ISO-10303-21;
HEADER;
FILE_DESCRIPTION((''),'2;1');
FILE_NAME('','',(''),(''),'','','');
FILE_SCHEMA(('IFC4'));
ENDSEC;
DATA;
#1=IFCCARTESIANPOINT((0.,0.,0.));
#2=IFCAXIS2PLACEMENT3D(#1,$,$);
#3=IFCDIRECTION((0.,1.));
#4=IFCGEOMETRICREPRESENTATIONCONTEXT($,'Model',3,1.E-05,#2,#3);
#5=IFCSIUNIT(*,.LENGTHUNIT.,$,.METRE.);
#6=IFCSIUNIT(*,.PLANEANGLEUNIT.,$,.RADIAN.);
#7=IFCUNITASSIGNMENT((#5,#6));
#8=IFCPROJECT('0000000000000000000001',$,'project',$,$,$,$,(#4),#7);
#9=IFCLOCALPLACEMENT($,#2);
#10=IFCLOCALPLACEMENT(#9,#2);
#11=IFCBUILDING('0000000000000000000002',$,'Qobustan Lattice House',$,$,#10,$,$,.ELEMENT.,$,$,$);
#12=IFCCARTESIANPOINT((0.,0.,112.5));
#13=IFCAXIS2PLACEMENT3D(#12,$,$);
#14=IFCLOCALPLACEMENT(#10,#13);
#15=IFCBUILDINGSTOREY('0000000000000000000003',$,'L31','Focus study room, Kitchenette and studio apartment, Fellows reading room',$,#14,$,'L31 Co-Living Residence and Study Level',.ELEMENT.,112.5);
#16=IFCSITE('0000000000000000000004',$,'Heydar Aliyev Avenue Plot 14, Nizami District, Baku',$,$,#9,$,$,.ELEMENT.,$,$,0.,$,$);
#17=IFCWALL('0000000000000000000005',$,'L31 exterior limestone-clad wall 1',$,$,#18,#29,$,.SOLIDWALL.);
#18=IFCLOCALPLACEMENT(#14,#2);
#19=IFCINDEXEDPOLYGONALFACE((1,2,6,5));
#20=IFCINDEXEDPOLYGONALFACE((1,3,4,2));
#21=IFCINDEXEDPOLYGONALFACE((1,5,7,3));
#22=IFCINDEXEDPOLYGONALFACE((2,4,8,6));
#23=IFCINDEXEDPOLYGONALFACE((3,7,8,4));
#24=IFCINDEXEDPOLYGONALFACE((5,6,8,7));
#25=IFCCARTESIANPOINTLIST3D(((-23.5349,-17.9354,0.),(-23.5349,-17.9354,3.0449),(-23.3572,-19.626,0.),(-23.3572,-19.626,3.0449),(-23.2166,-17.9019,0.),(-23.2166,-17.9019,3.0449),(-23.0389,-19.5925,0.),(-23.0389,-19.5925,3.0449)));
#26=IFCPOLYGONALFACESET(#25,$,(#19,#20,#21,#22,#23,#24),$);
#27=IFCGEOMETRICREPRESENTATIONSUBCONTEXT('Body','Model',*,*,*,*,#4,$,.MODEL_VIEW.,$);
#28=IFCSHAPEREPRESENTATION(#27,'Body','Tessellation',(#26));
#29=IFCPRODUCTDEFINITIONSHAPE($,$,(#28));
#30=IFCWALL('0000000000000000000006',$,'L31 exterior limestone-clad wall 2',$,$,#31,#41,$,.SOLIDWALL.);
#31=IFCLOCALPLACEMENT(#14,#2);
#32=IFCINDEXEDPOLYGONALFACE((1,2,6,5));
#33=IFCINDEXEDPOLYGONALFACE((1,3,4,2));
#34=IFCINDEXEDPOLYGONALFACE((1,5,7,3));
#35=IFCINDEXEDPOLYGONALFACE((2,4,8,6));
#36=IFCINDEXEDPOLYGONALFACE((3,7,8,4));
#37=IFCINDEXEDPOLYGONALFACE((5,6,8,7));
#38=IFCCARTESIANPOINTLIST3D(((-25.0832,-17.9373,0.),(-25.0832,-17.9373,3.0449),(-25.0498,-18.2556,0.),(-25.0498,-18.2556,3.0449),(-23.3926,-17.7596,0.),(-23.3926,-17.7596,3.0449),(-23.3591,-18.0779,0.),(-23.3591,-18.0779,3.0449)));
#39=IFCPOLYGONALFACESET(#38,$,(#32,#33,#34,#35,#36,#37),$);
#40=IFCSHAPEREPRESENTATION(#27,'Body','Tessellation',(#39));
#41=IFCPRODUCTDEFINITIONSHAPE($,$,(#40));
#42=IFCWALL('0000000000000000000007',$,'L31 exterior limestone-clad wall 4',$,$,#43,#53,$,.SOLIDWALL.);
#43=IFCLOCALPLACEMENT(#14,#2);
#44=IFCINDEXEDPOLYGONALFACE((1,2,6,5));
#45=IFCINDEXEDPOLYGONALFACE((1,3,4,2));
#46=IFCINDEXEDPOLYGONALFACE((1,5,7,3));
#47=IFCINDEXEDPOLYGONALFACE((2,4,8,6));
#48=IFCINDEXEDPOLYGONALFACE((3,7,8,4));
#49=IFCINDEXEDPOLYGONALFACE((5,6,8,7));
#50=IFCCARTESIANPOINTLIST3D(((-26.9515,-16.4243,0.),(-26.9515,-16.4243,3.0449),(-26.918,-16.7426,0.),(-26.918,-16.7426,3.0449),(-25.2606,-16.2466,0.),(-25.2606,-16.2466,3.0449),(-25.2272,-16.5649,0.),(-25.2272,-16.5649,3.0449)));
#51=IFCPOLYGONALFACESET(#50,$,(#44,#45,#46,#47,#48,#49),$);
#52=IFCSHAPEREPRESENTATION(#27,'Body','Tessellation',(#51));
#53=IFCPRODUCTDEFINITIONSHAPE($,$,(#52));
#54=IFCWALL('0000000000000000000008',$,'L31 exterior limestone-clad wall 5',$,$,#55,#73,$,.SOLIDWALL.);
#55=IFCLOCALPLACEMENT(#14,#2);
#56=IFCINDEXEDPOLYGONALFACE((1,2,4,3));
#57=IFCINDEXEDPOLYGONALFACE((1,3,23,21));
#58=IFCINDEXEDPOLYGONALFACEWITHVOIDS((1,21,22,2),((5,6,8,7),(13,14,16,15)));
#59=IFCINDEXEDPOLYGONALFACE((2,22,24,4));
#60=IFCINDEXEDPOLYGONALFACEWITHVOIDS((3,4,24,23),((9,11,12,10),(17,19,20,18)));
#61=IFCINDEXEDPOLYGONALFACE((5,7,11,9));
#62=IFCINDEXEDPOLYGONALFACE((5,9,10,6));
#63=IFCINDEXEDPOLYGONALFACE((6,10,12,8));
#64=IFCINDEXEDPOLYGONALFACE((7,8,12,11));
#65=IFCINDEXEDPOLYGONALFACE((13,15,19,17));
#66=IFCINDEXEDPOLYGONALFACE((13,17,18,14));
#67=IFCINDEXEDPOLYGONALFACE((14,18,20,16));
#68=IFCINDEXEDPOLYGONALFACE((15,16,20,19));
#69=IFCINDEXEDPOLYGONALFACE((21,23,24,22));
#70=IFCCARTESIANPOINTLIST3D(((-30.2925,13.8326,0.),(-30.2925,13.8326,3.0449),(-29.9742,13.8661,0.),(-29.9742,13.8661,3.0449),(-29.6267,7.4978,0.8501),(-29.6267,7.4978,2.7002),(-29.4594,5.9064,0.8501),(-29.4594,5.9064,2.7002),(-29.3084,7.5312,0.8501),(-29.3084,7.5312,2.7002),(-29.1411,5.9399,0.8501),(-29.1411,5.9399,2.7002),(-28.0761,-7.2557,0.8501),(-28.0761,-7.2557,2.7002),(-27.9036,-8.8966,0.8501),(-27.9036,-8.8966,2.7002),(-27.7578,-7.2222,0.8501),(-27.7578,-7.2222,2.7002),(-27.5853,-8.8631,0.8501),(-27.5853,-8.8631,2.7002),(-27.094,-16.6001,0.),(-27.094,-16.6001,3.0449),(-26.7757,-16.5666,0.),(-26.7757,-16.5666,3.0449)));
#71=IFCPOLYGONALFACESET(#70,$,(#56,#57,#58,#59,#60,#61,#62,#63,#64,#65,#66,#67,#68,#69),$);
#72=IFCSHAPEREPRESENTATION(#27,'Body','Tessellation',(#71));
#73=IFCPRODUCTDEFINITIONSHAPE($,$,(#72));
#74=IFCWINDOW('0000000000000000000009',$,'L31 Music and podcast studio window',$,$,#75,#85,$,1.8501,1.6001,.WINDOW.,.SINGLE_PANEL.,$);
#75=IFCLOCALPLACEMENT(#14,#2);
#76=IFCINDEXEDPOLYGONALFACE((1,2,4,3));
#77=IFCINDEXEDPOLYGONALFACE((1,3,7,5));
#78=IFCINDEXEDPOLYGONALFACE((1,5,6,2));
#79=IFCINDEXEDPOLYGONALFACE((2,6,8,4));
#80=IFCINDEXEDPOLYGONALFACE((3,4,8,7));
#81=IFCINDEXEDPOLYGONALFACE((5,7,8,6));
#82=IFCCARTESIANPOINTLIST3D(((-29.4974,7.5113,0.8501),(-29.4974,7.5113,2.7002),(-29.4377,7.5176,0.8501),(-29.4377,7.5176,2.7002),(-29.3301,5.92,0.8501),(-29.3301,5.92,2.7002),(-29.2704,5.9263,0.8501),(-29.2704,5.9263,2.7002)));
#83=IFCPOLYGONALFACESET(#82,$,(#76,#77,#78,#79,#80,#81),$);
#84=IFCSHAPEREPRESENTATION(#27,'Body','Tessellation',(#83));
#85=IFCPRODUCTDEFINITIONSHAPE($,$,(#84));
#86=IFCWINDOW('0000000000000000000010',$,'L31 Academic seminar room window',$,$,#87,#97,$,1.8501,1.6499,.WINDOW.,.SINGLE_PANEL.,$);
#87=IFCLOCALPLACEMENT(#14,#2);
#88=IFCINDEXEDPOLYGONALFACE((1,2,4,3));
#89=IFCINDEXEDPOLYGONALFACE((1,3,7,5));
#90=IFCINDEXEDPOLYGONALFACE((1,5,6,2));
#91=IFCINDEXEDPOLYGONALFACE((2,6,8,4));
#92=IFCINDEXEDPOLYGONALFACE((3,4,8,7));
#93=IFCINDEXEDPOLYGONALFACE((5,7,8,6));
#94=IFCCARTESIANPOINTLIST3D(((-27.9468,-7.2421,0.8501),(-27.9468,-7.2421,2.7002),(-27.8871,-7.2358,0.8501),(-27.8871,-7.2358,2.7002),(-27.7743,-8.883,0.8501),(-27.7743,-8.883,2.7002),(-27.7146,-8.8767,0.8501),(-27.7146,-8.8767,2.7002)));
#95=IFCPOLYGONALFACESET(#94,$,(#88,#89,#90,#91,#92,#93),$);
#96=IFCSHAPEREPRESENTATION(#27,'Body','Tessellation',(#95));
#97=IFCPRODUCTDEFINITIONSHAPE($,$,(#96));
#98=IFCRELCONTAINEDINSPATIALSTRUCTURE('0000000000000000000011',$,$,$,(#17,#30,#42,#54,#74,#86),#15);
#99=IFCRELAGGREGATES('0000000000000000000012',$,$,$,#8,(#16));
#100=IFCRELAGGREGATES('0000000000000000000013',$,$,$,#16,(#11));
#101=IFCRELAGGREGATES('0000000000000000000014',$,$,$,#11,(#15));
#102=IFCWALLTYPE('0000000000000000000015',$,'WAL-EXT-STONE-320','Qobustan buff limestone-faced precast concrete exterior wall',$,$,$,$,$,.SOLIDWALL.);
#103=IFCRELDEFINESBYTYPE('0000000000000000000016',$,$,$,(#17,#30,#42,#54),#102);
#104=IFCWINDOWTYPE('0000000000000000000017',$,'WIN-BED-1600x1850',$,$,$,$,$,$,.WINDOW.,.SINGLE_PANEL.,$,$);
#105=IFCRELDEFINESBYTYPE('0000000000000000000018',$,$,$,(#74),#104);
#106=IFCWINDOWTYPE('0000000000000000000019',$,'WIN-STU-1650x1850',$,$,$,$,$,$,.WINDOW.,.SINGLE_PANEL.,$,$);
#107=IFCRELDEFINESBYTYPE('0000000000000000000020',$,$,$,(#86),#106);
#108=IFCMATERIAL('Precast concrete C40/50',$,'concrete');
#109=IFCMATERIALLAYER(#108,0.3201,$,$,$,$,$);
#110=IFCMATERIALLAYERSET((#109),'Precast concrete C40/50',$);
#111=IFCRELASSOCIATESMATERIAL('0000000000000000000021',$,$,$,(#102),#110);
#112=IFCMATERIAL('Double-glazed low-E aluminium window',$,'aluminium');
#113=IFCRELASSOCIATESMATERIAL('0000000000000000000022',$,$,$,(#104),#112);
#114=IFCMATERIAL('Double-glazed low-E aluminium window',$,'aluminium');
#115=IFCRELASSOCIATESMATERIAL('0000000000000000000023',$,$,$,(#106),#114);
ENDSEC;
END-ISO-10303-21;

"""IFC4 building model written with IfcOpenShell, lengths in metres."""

from ifc_helpers import new_model, si_unit, direction, frame, frame_2d, origin, place, context, subcontext, project, spatial, rectangle, extrude, material, layer, layer_set, type_object, element, fill, save


model = new_model("IFC4")

# Units and contexts
model_context = context("Model", 3, precision=1e-05, world=origin(), true_north=direction((0.0, 1.0)))
body_context = subcontext(model_context, "Body", "Model", "MODEL_VIEW")
ifc_project = project(units=[si_unit("LENGTHUNIT", "METRE"), si_unit("PLANEANGLEUNIT", "RADIAN")], contexts=[model_context])

# Site, building, storey
site_placement = place(None, origin())
site = spatial("IfcSite", under=ifc_project, at=site_placement, Name="Heydar Aliyev Avenue Plot 14, Nizami District, Baku", CompositionType="ELEMENT", RefElevation=0.0)
building_placement = place(site_placement, origin())
building = spatial("IfcBuilding", under=site, at=building_placement, Name="Qobustan Lattice House", CompositionType="ELEMENT")
storey_placement = place(building_placement, frame((0.0, 0.0, 112.5)))
storey = spatial("IfcBuildingStorey", under=building, at=storey_placement, Name="L31", Description="Focus study room, Kitchenette and studio apartment, Fellows reading room", LongName="L31 Co-Living Residence and Study Level", CompositionType="ELEMENT", Elevation=112.5)

# Walls
ifc_material_1 = material(Name="Precast concrete C40/50", Category="concrete")
ifc_layer_1 = layer(ifc_material_1, 0.3201)
ifc_layer_set_1 = layer_set([ifc_layer_1], Name="Precast concrete C40/50")
wall_type = type_object("IfcWallType", Name="WAL-EXT-STONE-320", Description="Qobustan buff limestone-faced precast concrete exterior wall", PredefinedType="SOLIDWALL", material=ifc_layer_set_1)
for number, where, z_axis, x_axis, name in (
    (1, (-23.198, -19.6094, 0.0), (0.0, 0.0, 1.0), (-0.10455, 0.99452, 0.0), "L31 exterior limestone-clad wall 1"),
    (2, (-23.3757, -17.9187, 0.0), (0.0, 0.0, 1.0), (-0.99452, -0.10455, 0.0), "L31 exterior limestone-clad wall 2"),
):
    element("IfcWall", number, at=place(storey_placement, frame(where, z_axis=z_axis, x_axis=x_axis)), inside=storey, type_object=wall_type, Name=name, PredefinedType="SOLIDWALL", context=body_context, shape_type="SweptSolid", body=[
        extrude(rectangle(XDim=1.7, YDim=0.3201, at=frame_2d((0.8501, 0.0))), origin(), (0.0, 0.0, 1.0), 3.0449),
    ])
wall_1_placement = place(storey_placement, frame((-25.2439, -16.4058, 0.0), z_axis=(0.0, 0.0, 1.0), x_axis=(-0.994521, -0.104535, 0.0)))
element("IfcWall", 3, at=wall_1_placement, inside=storey, type_object=wall_type, Name="L31 exterior limestone-clad wall 4", PredefinedType="SOLIDWALL", context=body_context, shape_type="SweptSolid", body=[
    extrude(rectangle(XDim=1.7002, YDim=0.3201, at=frame_2d((0.8501, 0.0))), origin(), (0.0, 0.0, 1.0), 3.0449),
])

# Wall, openings, windows
wall_2_placement = place(storey_placement, frame((-26.9348, -16.5835, 0.0), z_axis=(0.0, 0.0, 1.0), x_axis=(-0.104525, 0.994522, 0.0)))
wall_2 = element("IfcWall", 4, at=wall_2_placement, inside=storey, type_object=wall_type, Name="L31 exterior limestone-clad wall 5", PredefinedType="SOLIDWALL", context=body_context, shape_type="SweptSolid", body=[
    extrude(rectangle(XDim=30.6003, YDim=0.3201, at=frame_2d((15.3003, 0.0))), origin(), (0.0, 0.0, 1.0), 3.0449),
])
opening_1_placement = place(wall_2_placement, frame((7.7461, 0.0, 0.8501)))
opening_1 = element("IfcOpeningElement", 5, at=opening_1_placement, cuts=wall_2, PredefinedType="OPENING", context=body_context, shape_type="SweptSolid", body=[
    extrude(rectangle(XDim=1.6499, YDim=1.8501, at=frame_2d((0.825, 0.925))), frame((0.0, 0.1699, 0.0), z_axis=(0.0, -1.0, 0.0), x_axis=(1.0, 0.0, 0.0)), (0.0, 0.0, 1.0), 0.3401),
])
opening_2_placement = place(wall_2_placement, frame((22.6306, 0.0, 0.8501)))
opening_2 = element("IfcOpeningElement", 6, at=opening_2_placement, cuts=wall_2, PredefinedType="OPENING", context=body_context, shape_type="SweptSolid", body=[
    extrude(rectangle(XDim=1.6001, YDim=1.8501, at=frame_2d((0.8, 0.925))), frame((0.0, 0.1699, 0.0), z_axis=(0.0, -1.0, 0.0), x_axis=(1.0, 0.0, 0.0)), (0.0, 0.0, 1.0), 0.3401),
])
ifc_material_2 = material(Name="Double-glazed low-E aluminium window", Category="aluminium")
window_type_1 = type_object("IfcWindowType", Name="WIN-BED-1600x1850", PartitioningType="SINGLE_PANEL", PredefinedType="WINDOW", material=ifc_material_2)
window_1_placement = place(opening_2_placement, origin())
window_1 = element("IfcWindow", 7, at=window_1_placement, inside=storey, type_object=window_type_1, Name="L31 Music and podcast studio window", OverallHeight=1.8501, OverallWidth=1.6001, PartitioningType="SINGLE_PANEL", PredefinedType="WINDOW", context=body_context, shape_type="SweptSolid", body=[
    extrude(rectangle(XDim=1.6001, YDim=1.8501, at=frame_2d((0.8, 0.925))), frame((0.0, 0.03, 0.0), z_axis=(0.0, -1.0, 0.0), x_axis=(1.0, 0.0, 0.0)), (0.0, 0.0, 1.0), 0.0601),
])
fill(opening_2, window_1)
ifc_material_3 = material(Name="Double-glazed low-E aluminium window", Category="aluminium")
window_type_2 = type_object("IfcWindowType", Name="WIN-STU-1650x1850", PartitioningType="SINGLE_PANEL", PredefinedType="WINDOW", material=ifc_material_3)
window_2_placement = place(opening_1_placement, origin())
window_2 = element("IfcWindow", 8, at=window_2_placement, inside=storey, type_object=window_type_2, Name="L31 Academic seminar room window", OverallHeight=1.8501, OverallWidth=1.6499, PartitioningType="SINGLE_PANEL", PredefinedType="WINDOW", context=body_context, shape_type="SweptSolid", body=[
    extrude(rectangle(XDim=1.6499, YDim=1.8501, at=frame_2d((0.825, 0.925))), frame((0.0, 0.03, 0.0), z_axis=(0.0, -1.0, 0.0), x_axis=(1.0, 0.0, 0.0)), (0.0, 0.0, 1.0), 0.0601),
])
fill(opening_1, window_2)

save(model, "model.ifc")
